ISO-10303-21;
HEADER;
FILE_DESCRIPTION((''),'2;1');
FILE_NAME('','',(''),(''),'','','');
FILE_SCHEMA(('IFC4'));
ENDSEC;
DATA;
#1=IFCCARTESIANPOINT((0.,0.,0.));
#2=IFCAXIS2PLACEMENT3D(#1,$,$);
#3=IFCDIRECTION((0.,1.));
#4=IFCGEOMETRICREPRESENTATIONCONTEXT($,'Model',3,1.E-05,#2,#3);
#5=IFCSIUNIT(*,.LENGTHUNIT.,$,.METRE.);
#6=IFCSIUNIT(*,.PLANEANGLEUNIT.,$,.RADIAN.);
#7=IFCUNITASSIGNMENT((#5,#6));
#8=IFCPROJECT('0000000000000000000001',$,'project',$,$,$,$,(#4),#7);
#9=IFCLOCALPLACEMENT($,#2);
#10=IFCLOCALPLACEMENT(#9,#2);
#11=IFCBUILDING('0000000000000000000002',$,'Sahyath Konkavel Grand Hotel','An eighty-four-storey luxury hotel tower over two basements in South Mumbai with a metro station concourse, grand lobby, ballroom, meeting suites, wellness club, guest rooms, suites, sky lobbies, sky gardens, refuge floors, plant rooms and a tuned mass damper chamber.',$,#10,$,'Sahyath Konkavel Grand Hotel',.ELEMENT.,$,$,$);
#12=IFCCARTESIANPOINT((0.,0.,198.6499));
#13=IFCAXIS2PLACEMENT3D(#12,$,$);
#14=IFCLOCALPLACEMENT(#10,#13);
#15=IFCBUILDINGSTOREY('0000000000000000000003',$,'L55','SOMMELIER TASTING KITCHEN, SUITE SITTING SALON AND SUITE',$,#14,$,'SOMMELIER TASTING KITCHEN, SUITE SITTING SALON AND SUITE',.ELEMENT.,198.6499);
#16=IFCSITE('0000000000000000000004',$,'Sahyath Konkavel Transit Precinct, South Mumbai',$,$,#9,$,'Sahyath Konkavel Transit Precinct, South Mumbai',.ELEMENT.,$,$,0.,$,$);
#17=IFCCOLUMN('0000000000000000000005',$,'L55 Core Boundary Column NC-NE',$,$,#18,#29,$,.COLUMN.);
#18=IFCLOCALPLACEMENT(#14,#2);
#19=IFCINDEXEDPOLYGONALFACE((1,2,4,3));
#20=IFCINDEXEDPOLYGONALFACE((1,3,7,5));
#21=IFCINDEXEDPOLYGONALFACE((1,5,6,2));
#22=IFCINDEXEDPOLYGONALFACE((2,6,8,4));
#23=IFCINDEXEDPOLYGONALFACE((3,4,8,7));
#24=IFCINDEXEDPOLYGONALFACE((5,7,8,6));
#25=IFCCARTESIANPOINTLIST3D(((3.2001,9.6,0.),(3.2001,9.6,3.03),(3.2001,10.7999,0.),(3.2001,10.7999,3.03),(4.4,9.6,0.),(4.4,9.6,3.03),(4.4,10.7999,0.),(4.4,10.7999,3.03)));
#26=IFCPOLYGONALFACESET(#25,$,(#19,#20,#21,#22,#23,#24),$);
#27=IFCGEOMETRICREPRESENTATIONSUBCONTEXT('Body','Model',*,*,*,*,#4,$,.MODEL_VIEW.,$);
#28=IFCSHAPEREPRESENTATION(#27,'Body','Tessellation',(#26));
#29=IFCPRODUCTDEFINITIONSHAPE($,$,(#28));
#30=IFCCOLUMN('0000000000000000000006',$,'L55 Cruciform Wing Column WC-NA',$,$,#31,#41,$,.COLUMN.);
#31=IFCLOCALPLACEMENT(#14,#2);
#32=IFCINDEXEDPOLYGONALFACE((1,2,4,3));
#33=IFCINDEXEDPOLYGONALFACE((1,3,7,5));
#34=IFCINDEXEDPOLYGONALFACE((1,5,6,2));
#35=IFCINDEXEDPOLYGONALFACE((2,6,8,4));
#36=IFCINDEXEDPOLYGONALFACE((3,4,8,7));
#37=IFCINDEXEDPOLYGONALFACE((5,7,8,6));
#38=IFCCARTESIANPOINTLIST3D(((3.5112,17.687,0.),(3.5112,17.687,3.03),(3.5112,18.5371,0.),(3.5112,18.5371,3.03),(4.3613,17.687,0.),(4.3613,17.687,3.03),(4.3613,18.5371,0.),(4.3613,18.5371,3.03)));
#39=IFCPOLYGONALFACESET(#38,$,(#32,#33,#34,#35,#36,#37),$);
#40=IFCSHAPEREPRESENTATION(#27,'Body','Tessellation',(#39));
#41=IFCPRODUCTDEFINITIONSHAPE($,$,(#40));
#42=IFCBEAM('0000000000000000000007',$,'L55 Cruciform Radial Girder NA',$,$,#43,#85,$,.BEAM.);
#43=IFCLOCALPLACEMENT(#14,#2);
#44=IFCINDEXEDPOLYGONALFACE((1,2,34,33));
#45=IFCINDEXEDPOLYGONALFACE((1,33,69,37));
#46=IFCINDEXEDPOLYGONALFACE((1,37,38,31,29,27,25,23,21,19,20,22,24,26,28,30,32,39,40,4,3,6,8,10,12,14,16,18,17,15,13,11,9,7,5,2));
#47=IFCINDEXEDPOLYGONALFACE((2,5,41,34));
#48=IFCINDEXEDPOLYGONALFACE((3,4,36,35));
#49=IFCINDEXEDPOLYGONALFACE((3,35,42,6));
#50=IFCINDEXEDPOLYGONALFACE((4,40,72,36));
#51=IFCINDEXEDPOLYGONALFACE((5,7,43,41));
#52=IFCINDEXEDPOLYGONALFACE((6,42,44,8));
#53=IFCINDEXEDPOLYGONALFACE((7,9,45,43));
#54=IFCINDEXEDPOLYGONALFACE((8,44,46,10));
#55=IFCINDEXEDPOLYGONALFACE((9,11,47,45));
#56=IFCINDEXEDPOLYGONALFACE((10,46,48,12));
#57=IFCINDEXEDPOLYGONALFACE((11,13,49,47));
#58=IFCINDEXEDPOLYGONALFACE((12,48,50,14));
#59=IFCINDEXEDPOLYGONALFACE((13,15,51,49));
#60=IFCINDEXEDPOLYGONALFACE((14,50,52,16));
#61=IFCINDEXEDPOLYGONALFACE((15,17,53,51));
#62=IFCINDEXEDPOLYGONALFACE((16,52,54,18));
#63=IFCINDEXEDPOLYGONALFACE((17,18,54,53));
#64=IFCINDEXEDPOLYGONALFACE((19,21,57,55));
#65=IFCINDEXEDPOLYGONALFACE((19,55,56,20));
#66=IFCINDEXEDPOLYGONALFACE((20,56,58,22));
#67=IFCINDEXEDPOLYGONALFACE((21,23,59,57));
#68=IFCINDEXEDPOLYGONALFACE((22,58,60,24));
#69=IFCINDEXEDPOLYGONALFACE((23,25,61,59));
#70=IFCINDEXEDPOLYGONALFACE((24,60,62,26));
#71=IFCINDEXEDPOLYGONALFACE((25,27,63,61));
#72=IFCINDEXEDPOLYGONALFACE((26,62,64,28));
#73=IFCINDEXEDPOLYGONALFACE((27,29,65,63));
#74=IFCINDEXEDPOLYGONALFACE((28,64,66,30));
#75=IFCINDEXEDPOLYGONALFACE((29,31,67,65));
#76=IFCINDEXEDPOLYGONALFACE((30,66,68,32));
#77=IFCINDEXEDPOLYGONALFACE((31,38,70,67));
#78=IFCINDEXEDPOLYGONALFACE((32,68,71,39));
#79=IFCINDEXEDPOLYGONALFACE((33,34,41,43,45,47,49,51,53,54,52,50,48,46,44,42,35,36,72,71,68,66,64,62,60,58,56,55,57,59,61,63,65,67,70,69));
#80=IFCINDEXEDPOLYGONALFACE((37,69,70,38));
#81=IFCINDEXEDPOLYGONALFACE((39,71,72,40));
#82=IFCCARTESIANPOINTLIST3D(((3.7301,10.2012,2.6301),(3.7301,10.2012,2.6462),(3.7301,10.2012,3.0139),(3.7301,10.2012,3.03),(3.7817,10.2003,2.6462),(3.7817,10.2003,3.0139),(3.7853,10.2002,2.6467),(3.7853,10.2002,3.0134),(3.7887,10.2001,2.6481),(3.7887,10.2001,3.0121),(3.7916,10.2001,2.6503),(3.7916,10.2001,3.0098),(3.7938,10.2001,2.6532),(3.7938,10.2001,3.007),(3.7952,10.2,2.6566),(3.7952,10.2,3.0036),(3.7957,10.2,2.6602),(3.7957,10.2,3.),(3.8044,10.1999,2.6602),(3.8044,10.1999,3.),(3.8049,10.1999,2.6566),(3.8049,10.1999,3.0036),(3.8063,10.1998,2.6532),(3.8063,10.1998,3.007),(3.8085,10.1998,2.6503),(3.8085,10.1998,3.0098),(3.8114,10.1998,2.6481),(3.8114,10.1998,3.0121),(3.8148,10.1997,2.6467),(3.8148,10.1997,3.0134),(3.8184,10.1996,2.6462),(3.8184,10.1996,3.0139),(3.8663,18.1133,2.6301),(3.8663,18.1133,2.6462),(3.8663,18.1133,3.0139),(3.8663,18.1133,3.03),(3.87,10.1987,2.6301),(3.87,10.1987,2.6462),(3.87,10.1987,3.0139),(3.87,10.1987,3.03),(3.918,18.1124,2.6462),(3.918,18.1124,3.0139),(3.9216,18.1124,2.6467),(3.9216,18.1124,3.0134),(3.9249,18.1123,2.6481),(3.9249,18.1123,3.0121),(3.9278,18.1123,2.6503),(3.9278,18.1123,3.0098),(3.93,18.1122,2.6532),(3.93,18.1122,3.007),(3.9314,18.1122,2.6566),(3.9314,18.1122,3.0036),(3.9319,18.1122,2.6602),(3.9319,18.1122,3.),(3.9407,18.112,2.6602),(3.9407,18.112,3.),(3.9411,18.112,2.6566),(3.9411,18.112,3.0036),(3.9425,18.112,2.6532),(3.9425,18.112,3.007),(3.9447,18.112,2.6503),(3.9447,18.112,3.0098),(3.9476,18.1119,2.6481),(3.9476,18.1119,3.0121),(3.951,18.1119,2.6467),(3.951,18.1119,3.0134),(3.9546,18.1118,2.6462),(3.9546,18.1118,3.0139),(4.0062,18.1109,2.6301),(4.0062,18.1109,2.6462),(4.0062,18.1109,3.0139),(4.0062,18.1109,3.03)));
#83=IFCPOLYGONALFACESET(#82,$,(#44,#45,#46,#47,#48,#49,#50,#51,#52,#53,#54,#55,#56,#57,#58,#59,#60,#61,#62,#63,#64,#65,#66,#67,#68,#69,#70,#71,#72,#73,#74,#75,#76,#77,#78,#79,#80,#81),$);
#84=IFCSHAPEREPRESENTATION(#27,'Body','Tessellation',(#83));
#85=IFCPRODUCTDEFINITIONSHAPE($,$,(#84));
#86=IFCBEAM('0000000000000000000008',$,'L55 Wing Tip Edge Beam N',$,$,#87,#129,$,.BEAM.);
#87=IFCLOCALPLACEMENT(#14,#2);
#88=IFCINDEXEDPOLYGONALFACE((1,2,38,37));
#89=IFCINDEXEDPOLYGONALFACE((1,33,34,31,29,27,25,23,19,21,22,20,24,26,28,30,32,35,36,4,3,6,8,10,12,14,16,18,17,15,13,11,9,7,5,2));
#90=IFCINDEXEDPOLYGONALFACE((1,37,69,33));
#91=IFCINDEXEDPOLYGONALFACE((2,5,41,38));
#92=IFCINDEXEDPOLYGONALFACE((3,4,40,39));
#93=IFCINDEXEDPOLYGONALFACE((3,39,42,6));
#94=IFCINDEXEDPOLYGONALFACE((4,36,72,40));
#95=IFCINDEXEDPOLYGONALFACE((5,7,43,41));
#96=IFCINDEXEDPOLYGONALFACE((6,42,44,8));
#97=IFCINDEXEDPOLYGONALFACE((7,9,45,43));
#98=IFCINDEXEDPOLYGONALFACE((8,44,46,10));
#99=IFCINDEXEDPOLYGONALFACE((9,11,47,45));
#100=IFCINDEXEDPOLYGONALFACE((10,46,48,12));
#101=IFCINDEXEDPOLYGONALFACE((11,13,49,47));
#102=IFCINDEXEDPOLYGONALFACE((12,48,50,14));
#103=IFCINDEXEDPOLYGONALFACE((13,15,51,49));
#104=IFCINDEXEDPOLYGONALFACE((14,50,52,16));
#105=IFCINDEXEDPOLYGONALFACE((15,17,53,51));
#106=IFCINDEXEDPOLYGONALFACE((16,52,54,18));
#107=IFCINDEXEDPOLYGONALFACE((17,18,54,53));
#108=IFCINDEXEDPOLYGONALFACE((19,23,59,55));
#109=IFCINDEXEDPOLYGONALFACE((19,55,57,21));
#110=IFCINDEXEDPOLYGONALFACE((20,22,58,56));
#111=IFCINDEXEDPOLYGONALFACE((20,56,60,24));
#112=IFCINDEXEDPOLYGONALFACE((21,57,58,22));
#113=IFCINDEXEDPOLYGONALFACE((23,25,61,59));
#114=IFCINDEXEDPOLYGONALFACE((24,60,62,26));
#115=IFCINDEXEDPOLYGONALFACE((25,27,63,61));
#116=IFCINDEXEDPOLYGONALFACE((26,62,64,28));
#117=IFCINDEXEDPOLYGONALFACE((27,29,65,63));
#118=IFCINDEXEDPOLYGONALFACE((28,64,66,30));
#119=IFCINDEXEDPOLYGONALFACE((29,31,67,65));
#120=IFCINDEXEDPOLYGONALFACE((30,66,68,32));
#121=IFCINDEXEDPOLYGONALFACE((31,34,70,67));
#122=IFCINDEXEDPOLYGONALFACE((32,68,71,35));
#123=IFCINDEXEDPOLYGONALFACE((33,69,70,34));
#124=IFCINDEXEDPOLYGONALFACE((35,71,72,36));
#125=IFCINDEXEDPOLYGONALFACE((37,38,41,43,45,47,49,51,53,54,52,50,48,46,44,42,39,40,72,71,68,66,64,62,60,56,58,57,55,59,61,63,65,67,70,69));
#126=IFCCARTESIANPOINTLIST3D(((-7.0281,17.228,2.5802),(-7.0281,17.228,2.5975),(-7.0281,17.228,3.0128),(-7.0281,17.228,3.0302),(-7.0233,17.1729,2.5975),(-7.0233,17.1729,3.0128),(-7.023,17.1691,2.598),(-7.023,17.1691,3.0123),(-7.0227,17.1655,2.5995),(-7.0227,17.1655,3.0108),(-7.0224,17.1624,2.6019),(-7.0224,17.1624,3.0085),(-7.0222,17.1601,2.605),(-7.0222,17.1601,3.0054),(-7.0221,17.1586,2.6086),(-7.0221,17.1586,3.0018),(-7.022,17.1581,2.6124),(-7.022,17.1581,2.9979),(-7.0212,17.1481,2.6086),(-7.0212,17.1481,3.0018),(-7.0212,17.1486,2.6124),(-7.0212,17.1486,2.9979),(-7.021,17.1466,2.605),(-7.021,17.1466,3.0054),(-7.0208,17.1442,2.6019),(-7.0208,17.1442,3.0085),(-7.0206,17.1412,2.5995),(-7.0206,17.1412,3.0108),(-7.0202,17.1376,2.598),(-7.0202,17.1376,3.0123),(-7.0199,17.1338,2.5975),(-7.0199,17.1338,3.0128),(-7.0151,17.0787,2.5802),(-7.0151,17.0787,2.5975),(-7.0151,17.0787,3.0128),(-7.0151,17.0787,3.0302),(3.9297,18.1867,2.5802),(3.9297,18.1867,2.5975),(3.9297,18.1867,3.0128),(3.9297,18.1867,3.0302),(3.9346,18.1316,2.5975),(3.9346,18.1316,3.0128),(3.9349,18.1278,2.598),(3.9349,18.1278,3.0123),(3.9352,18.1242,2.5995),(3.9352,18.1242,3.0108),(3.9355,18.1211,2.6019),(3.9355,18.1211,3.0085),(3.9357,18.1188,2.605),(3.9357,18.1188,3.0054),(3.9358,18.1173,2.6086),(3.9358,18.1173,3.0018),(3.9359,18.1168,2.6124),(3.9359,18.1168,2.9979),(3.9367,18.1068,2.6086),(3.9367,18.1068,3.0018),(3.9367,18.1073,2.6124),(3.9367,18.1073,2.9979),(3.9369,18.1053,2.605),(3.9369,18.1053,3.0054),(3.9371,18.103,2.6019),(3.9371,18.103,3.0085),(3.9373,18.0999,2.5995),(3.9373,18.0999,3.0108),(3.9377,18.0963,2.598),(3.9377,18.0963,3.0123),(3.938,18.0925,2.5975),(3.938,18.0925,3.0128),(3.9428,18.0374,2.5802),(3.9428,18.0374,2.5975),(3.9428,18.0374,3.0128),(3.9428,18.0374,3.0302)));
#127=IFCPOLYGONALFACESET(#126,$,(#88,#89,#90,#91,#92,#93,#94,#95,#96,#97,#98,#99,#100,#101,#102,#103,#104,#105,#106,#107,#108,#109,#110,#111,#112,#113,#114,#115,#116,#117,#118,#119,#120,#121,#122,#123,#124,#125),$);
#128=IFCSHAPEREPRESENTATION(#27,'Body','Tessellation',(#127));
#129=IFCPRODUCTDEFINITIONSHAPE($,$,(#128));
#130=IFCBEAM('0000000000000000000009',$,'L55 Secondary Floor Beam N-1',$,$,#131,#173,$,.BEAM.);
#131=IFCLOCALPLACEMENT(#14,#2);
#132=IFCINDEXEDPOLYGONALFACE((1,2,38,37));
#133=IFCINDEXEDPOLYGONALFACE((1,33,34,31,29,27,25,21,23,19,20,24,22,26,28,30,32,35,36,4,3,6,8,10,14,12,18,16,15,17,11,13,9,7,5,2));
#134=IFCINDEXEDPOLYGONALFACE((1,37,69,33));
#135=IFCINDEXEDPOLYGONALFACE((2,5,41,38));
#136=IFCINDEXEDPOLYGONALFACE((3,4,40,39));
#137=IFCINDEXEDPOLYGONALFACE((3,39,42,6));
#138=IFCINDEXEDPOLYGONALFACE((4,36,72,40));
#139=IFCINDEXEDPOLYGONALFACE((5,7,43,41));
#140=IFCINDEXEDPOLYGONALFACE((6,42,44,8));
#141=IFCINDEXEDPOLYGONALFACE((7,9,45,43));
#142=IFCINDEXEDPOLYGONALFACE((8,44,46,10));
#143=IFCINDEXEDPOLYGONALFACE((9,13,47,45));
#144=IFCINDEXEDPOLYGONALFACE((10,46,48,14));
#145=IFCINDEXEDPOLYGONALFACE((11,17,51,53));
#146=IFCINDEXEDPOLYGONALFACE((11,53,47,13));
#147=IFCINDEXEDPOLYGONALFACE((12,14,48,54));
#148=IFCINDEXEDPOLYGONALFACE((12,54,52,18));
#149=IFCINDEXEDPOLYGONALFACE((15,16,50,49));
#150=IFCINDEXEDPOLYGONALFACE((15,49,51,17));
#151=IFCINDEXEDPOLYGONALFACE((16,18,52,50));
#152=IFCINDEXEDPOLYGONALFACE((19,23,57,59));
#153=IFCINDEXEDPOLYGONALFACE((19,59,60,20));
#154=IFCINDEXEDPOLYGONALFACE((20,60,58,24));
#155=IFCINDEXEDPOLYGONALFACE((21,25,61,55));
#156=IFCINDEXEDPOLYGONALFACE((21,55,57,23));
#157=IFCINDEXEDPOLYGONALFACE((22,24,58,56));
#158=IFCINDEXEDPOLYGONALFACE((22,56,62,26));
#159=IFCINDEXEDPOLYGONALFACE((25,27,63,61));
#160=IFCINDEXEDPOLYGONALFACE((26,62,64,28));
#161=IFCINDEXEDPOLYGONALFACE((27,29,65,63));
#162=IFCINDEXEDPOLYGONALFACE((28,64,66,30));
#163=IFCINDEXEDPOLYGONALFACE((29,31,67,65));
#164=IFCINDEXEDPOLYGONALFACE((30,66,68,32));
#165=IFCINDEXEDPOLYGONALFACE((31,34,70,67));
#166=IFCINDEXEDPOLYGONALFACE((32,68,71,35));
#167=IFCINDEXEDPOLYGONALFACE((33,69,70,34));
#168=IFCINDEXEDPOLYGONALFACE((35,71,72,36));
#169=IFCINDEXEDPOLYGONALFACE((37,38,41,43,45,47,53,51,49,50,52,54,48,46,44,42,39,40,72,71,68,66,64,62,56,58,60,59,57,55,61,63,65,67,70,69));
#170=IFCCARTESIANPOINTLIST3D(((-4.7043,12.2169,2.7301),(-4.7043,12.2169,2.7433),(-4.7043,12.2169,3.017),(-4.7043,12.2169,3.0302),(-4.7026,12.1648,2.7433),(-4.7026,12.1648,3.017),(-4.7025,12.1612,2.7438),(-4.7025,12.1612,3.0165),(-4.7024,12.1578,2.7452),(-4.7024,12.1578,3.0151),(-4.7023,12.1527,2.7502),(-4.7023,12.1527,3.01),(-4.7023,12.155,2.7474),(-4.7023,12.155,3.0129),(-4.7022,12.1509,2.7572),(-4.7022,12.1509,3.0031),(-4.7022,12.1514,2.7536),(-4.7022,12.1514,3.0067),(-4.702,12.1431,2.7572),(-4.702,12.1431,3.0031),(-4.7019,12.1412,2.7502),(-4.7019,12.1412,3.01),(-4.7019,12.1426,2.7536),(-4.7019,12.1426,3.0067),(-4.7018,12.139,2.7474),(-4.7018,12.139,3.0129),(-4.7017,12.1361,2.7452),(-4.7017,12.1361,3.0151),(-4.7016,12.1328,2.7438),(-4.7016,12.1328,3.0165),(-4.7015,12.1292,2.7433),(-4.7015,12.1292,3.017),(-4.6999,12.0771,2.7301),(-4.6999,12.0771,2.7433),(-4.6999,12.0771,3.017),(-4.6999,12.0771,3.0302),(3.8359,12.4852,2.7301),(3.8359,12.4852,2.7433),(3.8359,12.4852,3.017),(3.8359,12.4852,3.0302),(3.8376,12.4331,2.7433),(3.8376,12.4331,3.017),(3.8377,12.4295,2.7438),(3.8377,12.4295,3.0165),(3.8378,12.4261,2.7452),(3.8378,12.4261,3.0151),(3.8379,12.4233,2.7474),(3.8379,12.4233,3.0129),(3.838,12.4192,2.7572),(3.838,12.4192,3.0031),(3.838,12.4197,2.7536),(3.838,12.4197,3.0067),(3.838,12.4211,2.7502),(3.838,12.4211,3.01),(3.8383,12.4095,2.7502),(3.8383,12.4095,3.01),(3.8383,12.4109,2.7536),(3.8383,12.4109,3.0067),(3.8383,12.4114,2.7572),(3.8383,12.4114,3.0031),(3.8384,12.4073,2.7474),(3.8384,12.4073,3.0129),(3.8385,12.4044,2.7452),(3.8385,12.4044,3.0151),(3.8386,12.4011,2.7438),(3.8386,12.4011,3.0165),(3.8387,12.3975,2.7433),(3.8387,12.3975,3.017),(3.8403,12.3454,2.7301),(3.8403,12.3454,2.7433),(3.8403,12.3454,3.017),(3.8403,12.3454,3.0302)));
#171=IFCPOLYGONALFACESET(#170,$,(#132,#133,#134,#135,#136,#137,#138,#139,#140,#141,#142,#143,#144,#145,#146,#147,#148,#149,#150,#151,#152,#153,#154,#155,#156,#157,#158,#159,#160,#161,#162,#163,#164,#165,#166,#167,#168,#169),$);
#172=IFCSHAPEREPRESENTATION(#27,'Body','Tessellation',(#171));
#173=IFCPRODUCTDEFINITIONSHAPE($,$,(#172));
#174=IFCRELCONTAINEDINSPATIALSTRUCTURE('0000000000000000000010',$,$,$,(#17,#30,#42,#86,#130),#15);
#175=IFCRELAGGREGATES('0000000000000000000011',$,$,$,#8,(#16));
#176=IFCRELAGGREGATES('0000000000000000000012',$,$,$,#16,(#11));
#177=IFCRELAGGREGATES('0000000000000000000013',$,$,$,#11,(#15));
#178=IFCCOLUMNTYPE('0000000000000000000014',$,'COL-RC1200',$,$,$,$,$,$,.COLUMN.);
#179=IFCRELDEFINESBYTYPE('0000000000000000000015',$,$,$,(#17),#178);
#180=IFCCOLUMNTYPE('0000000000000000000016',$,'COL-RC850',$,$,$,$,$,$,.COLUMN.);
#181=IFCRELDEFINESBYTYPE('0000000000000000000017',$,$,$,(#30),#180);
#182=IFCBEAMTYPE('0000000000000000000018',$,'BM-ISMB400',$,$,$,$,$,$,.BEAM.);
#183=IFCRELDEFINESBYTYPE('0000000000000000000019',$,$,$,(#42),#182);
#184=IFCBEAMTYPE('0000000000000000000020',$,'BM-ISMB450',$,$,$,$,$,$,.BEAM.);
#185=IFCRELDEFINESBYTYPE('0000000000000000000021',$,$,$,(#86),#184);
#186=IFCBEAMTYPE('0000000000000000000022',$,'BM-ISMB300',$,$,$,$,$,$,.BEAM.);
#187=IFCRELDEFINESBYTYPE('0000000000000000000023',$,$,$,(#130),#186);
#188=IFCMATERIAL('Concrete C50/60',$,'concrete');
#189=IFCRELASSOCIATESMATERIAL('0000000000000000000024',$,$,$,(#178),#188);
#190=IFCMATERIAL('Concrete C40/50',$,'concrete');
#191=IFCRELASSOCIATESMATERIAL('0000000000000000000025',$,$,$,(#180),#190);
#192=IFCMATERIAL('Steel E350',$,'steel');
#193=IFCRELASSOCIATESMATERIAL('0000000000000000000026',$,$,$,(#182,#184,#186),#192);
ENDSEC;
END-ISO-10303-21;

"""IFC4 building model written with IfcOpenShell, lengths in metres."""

from ifc_helpers import new_model, si_unit, direction, frame, origin, origin_2d, place, context, subcontext, project, spatial, rectangle, i_section, extrude, source, transform, mapped, material, material_profile, profile_set, type_object, element, save


model = new_model("IFC4")

# Units and contexts
model_context = context("Model", 3, precision=1e-05, world=origin(), true_north=direction((0.0, 1.0)))
body_context = subcontext(model_context, "Body", "Model", "MODEL_VIEW")
ifc_project = project(units=[si_unit("LENGTHUNIT", "METRE"), si_unit("PLANEANGLEUNIT", "RADIAN")], contexts=[model_context])

# Site, building, storey
site_placement = place(None, origin())
site = spatial("IfcSite", under=ifc_project, at=site_placement, Name="Sahyath Konkavel Transit Precinct, South Mumbai", LongName="Sahyath Konkavel Transit Precinct, South Mumbai", CompositionType="ELEMENT", RefElevation=0.0)
building_placement = place(site_placement, origin())
building = spatial("IfcBuilding", under=site, at=building_placement, Name="Sahyath Konkavel Grand Hotel", Description="An eighty-four-storey luxury hotel tower over two basements in South Mumbai with a metro station concourse, grand lobby, ballroom, meeting suites, wellness club, guest rooms, suites, sky lobbies, sky gardens, refuge floors, plant rooms and a tuned mass damper chamber.", LongName="Sahyath Konkavel Grand Hotel", CompositionType="ELEMENT")
storey_placement = place(building_placement, frame((0.0, 0.0, 198.6499)))
storey = spatial("IfcBuildingStorey", under=building, at=storey_placement, Name="L55", Description="SOMMELIER TASTING KITCHEN, SUITE SITTING SALON AND SUITE", LongName="SOMMELIER TASTING KITCHEN, SUITE SITTING SALON AND SUITE", CompositionType="ELEMENT", Elevation=198.6499)

# Columns
ifc_material_1 = material(Name="Concrete C50/60", Category="concrete")
ifc_material_profile_1 = material_profile(ifc_material_1, rectangle(XDim=1.2, YDim=1.2, at=origin_2d()), Name="RC 1200x1200")
ifc_profile_set_1 = profile_set([ifc_material_profile_1], Name="Concrete C50/60")
column_type_1 = type_object("IfcColumnType", Name="COL-RC1200", PredefinedType="COLUMN", material=ifc_profile_set_1)
shared_shape_1 = source(origin(), body_context, "Body", "SweptSolid", [
    extrude(rectangle(XDim=1.2, YDim=1.2, at=origin_2d()), origin(), (0.0, 0.0, 1.0), 3.03),
])
column_1_placement = place(storey_placement, frame((3.8, 10.2, 0.0), z_axis=(0.0, 0.0, 1.0), x_axis=(1.0, 0.0, 0.0)))
element("IfcColumn", 1, at=column_1_placement, inside=storey, type_object=column_type_1, Name="L55 Core Boundary Column NC-NE", PredefinedType="COLUMN", context=body_context, shape_type="MappedRepresentation", body=[
    mapped(shared_shape_1, transform((0.0, 0.0, 0.0), scale=1.0)),
])
ifc_material_2 = material(Name="Concrete C40/50", Category="concrete")
ifc_material_profile_2 = material_profile(ifc_material_2, rectangle(XDim=0.8501, YDim=0.8501, at=origin_2d()), Name="RC 850x850")
ifc_profile_set_2 = profile_set([ifc_material_profile_2], Name="Concrete C40/50")
column_type_2 = type_object("IfcColumnType", Name="COL-RC850", PredefinedType="COLUMN", material=ifc_profile_set_2)
shared_shape_2 = source(origin(), body_context, "Body", "SweptSolid", [
    extrude(rectangle(XDim=0.8501, YDim=0.8501, at=origin_2d()), origin(), (0.0, 0.0, 1.0), 3.03),
])
column_2_placement = place(storey_placement, frame((3.9363, 18.1121, 0.0), z_axis=(0.0, 0.0, 1.0), x_axis=(1.0, 0.0, 0.0)))
element("IfcColumn", 2, at=column_2_placement, inside=storey, type_object=column_type_2, Name="L55 Cruciform Wing Column WC-NA", PredefinedType="COLUMN", context=body_context, shape_type="MappedRepresentation", body=[
    mapped(shared_shape_2, transform((0.0, 0.0, 0.0), scale=1.0)),
])

# Beams
ifc_material_3 = material(Name="Steel E350", Category="steel")
ifc_material_profile_3 = material_profile(ifc_material_3, i_section(OverallWidth=0.1399, OverallDepth=0.3999, WebThickness=0.0088, FlangeThickness=0.0161, FilletRadius=0.0139, at=origin_2d()), Name="ISMB 400")
ifc_profile_set_3 = profile_set([ifc_material_profile_3], Name="Steel E350")
beam_type_1 = type_object("IfcBeamType", Name="BM-ISMB400", PredefinedType="BEAM", material=ifc_profile_set_3)
shared_shape_3 = source(origin(), body_context, "Body", "SweptSolid", [
    extrude(i_section(OverallWidth=0.1399, OverallDepth=0.3999, WebThickness=0.0088, FlangeThickness=0.0161, FilletRadius=0.0139, at=origin_2d()), origin(), (0.0, 0.0, 1.0), 7.9133),
])
beam_1_placement = place(storey_placement, frame((3.8, 10.2, 2.8301), z_axis=(0.017215, 0.999852, 0.0), x_axis=(-0.999852, 0.017215, 0.0)))
element("IfcBeam", 3, at=beam_1_placement, inside=storey, type_object=beam_type_1, Name="L55 Cruciform Radial Girder NA", PredefinedType="BEAM", context=body_context, shape_type="MappedRepresentation", body=[
    mapped(shared_shape_3, transform((0.0, 0.0, 0.0), scale=1.0)),
])
ifc_material_profile_4 = material_profile(ifc_material_3, i_section(OverallWidth=0.1499, OverallDepth=0.45, WebThickness=0.0095, FlangeThickness=0.0173, FilletRadius=0.0149, at=origin_2d()), Name="ISMB 450")
ifc_profile_set_4 = profile_set([ifc_material_profile_4], Name="Steel E350")
beam_type_2 = type_object("IfcBeamType", Name="BM-ISMB450", PredefinedType="BEAM", material=ifc_profile_set_4)
shared_shape_4 = source(origin(), body_context, "Body", "SweptSolid", [
    extrude(i_section(OverallWidth=0.1499, OverallDepth=0.45, WebThickness=0.0095, FlangeThickness=0.0173, FilletRadius=0.0149, at=origin_2d()), origin(), (0.0, 0.0, 1.0), 10.9998),
])
beam_2_placement = place(storey_placement, frame((3.9363, 18.1121, 2.8052), z_axis=(-0.996194, -0.087159, 0.0), x_axis=(0.087159, -0.996194, 0.0)))
element("IfcBeam", 4, at=beam_2_placement, inside=storey, type_object=beam_type_2, Name="L55 Wing Tip Edge Beam N", PredefinedType="BEAM", context=body_context, shape_type="MappedRepresentation", body=[
    mapped(shared_shape_4, transform((0.0, 0.0, 0.0), scale=1.0)),
])
ifc_material_profile_5 = material_profile(ifc_material_3, i_section(OverallWidth=0.1399, OverallDepth=0.3, WebThickness=0.0078, FlangeThickness=0.0132, FilletRadius=0.0139, at=origin_2d()), Name="ISMB 300")
ifc_profile_set_5 = profile_set([ifc_material_profile_5], Name="Steel E350")
beam_type_3 = type_object("IfcBeamType", Name="BM-ISMB300", PredefinedType="BEAM", material=ifc_profile_set_5)
shared_shape_5 = source(origin(), body_context, "Body", "SweptSolid", [
    extrude(i_section(OverallWidth=0.1399, OverallDepth=0.3, WebThickness=0.0078, FlangeThickness=0.0132, FilletRadius=0.0139, at=origin_2d()), origin(), (0.0, 0.0, 1.0), 8.5444),
])
beam_3_placement = place(storey_placement, frame((3.8381, 12.4153, 2.8801), z_axis=(-0.999507, -0.031402, 0.0), x_axis=(0.031402, -0.999507, 0.0)))
element("IfcBeam", 5, at=beam_3_placement, inside=storey, type_object=beam_type_3, Name="L55 Secondary Floor Beam N-1", PredefinedType="BEAM", context=body_context, shape_type="MappedRepresentation", body=[
    mapped(shared_shape_5, transform((0.0, 0.0, 0.0), scale=1.0)),
])

save(model, "model.ifc")
